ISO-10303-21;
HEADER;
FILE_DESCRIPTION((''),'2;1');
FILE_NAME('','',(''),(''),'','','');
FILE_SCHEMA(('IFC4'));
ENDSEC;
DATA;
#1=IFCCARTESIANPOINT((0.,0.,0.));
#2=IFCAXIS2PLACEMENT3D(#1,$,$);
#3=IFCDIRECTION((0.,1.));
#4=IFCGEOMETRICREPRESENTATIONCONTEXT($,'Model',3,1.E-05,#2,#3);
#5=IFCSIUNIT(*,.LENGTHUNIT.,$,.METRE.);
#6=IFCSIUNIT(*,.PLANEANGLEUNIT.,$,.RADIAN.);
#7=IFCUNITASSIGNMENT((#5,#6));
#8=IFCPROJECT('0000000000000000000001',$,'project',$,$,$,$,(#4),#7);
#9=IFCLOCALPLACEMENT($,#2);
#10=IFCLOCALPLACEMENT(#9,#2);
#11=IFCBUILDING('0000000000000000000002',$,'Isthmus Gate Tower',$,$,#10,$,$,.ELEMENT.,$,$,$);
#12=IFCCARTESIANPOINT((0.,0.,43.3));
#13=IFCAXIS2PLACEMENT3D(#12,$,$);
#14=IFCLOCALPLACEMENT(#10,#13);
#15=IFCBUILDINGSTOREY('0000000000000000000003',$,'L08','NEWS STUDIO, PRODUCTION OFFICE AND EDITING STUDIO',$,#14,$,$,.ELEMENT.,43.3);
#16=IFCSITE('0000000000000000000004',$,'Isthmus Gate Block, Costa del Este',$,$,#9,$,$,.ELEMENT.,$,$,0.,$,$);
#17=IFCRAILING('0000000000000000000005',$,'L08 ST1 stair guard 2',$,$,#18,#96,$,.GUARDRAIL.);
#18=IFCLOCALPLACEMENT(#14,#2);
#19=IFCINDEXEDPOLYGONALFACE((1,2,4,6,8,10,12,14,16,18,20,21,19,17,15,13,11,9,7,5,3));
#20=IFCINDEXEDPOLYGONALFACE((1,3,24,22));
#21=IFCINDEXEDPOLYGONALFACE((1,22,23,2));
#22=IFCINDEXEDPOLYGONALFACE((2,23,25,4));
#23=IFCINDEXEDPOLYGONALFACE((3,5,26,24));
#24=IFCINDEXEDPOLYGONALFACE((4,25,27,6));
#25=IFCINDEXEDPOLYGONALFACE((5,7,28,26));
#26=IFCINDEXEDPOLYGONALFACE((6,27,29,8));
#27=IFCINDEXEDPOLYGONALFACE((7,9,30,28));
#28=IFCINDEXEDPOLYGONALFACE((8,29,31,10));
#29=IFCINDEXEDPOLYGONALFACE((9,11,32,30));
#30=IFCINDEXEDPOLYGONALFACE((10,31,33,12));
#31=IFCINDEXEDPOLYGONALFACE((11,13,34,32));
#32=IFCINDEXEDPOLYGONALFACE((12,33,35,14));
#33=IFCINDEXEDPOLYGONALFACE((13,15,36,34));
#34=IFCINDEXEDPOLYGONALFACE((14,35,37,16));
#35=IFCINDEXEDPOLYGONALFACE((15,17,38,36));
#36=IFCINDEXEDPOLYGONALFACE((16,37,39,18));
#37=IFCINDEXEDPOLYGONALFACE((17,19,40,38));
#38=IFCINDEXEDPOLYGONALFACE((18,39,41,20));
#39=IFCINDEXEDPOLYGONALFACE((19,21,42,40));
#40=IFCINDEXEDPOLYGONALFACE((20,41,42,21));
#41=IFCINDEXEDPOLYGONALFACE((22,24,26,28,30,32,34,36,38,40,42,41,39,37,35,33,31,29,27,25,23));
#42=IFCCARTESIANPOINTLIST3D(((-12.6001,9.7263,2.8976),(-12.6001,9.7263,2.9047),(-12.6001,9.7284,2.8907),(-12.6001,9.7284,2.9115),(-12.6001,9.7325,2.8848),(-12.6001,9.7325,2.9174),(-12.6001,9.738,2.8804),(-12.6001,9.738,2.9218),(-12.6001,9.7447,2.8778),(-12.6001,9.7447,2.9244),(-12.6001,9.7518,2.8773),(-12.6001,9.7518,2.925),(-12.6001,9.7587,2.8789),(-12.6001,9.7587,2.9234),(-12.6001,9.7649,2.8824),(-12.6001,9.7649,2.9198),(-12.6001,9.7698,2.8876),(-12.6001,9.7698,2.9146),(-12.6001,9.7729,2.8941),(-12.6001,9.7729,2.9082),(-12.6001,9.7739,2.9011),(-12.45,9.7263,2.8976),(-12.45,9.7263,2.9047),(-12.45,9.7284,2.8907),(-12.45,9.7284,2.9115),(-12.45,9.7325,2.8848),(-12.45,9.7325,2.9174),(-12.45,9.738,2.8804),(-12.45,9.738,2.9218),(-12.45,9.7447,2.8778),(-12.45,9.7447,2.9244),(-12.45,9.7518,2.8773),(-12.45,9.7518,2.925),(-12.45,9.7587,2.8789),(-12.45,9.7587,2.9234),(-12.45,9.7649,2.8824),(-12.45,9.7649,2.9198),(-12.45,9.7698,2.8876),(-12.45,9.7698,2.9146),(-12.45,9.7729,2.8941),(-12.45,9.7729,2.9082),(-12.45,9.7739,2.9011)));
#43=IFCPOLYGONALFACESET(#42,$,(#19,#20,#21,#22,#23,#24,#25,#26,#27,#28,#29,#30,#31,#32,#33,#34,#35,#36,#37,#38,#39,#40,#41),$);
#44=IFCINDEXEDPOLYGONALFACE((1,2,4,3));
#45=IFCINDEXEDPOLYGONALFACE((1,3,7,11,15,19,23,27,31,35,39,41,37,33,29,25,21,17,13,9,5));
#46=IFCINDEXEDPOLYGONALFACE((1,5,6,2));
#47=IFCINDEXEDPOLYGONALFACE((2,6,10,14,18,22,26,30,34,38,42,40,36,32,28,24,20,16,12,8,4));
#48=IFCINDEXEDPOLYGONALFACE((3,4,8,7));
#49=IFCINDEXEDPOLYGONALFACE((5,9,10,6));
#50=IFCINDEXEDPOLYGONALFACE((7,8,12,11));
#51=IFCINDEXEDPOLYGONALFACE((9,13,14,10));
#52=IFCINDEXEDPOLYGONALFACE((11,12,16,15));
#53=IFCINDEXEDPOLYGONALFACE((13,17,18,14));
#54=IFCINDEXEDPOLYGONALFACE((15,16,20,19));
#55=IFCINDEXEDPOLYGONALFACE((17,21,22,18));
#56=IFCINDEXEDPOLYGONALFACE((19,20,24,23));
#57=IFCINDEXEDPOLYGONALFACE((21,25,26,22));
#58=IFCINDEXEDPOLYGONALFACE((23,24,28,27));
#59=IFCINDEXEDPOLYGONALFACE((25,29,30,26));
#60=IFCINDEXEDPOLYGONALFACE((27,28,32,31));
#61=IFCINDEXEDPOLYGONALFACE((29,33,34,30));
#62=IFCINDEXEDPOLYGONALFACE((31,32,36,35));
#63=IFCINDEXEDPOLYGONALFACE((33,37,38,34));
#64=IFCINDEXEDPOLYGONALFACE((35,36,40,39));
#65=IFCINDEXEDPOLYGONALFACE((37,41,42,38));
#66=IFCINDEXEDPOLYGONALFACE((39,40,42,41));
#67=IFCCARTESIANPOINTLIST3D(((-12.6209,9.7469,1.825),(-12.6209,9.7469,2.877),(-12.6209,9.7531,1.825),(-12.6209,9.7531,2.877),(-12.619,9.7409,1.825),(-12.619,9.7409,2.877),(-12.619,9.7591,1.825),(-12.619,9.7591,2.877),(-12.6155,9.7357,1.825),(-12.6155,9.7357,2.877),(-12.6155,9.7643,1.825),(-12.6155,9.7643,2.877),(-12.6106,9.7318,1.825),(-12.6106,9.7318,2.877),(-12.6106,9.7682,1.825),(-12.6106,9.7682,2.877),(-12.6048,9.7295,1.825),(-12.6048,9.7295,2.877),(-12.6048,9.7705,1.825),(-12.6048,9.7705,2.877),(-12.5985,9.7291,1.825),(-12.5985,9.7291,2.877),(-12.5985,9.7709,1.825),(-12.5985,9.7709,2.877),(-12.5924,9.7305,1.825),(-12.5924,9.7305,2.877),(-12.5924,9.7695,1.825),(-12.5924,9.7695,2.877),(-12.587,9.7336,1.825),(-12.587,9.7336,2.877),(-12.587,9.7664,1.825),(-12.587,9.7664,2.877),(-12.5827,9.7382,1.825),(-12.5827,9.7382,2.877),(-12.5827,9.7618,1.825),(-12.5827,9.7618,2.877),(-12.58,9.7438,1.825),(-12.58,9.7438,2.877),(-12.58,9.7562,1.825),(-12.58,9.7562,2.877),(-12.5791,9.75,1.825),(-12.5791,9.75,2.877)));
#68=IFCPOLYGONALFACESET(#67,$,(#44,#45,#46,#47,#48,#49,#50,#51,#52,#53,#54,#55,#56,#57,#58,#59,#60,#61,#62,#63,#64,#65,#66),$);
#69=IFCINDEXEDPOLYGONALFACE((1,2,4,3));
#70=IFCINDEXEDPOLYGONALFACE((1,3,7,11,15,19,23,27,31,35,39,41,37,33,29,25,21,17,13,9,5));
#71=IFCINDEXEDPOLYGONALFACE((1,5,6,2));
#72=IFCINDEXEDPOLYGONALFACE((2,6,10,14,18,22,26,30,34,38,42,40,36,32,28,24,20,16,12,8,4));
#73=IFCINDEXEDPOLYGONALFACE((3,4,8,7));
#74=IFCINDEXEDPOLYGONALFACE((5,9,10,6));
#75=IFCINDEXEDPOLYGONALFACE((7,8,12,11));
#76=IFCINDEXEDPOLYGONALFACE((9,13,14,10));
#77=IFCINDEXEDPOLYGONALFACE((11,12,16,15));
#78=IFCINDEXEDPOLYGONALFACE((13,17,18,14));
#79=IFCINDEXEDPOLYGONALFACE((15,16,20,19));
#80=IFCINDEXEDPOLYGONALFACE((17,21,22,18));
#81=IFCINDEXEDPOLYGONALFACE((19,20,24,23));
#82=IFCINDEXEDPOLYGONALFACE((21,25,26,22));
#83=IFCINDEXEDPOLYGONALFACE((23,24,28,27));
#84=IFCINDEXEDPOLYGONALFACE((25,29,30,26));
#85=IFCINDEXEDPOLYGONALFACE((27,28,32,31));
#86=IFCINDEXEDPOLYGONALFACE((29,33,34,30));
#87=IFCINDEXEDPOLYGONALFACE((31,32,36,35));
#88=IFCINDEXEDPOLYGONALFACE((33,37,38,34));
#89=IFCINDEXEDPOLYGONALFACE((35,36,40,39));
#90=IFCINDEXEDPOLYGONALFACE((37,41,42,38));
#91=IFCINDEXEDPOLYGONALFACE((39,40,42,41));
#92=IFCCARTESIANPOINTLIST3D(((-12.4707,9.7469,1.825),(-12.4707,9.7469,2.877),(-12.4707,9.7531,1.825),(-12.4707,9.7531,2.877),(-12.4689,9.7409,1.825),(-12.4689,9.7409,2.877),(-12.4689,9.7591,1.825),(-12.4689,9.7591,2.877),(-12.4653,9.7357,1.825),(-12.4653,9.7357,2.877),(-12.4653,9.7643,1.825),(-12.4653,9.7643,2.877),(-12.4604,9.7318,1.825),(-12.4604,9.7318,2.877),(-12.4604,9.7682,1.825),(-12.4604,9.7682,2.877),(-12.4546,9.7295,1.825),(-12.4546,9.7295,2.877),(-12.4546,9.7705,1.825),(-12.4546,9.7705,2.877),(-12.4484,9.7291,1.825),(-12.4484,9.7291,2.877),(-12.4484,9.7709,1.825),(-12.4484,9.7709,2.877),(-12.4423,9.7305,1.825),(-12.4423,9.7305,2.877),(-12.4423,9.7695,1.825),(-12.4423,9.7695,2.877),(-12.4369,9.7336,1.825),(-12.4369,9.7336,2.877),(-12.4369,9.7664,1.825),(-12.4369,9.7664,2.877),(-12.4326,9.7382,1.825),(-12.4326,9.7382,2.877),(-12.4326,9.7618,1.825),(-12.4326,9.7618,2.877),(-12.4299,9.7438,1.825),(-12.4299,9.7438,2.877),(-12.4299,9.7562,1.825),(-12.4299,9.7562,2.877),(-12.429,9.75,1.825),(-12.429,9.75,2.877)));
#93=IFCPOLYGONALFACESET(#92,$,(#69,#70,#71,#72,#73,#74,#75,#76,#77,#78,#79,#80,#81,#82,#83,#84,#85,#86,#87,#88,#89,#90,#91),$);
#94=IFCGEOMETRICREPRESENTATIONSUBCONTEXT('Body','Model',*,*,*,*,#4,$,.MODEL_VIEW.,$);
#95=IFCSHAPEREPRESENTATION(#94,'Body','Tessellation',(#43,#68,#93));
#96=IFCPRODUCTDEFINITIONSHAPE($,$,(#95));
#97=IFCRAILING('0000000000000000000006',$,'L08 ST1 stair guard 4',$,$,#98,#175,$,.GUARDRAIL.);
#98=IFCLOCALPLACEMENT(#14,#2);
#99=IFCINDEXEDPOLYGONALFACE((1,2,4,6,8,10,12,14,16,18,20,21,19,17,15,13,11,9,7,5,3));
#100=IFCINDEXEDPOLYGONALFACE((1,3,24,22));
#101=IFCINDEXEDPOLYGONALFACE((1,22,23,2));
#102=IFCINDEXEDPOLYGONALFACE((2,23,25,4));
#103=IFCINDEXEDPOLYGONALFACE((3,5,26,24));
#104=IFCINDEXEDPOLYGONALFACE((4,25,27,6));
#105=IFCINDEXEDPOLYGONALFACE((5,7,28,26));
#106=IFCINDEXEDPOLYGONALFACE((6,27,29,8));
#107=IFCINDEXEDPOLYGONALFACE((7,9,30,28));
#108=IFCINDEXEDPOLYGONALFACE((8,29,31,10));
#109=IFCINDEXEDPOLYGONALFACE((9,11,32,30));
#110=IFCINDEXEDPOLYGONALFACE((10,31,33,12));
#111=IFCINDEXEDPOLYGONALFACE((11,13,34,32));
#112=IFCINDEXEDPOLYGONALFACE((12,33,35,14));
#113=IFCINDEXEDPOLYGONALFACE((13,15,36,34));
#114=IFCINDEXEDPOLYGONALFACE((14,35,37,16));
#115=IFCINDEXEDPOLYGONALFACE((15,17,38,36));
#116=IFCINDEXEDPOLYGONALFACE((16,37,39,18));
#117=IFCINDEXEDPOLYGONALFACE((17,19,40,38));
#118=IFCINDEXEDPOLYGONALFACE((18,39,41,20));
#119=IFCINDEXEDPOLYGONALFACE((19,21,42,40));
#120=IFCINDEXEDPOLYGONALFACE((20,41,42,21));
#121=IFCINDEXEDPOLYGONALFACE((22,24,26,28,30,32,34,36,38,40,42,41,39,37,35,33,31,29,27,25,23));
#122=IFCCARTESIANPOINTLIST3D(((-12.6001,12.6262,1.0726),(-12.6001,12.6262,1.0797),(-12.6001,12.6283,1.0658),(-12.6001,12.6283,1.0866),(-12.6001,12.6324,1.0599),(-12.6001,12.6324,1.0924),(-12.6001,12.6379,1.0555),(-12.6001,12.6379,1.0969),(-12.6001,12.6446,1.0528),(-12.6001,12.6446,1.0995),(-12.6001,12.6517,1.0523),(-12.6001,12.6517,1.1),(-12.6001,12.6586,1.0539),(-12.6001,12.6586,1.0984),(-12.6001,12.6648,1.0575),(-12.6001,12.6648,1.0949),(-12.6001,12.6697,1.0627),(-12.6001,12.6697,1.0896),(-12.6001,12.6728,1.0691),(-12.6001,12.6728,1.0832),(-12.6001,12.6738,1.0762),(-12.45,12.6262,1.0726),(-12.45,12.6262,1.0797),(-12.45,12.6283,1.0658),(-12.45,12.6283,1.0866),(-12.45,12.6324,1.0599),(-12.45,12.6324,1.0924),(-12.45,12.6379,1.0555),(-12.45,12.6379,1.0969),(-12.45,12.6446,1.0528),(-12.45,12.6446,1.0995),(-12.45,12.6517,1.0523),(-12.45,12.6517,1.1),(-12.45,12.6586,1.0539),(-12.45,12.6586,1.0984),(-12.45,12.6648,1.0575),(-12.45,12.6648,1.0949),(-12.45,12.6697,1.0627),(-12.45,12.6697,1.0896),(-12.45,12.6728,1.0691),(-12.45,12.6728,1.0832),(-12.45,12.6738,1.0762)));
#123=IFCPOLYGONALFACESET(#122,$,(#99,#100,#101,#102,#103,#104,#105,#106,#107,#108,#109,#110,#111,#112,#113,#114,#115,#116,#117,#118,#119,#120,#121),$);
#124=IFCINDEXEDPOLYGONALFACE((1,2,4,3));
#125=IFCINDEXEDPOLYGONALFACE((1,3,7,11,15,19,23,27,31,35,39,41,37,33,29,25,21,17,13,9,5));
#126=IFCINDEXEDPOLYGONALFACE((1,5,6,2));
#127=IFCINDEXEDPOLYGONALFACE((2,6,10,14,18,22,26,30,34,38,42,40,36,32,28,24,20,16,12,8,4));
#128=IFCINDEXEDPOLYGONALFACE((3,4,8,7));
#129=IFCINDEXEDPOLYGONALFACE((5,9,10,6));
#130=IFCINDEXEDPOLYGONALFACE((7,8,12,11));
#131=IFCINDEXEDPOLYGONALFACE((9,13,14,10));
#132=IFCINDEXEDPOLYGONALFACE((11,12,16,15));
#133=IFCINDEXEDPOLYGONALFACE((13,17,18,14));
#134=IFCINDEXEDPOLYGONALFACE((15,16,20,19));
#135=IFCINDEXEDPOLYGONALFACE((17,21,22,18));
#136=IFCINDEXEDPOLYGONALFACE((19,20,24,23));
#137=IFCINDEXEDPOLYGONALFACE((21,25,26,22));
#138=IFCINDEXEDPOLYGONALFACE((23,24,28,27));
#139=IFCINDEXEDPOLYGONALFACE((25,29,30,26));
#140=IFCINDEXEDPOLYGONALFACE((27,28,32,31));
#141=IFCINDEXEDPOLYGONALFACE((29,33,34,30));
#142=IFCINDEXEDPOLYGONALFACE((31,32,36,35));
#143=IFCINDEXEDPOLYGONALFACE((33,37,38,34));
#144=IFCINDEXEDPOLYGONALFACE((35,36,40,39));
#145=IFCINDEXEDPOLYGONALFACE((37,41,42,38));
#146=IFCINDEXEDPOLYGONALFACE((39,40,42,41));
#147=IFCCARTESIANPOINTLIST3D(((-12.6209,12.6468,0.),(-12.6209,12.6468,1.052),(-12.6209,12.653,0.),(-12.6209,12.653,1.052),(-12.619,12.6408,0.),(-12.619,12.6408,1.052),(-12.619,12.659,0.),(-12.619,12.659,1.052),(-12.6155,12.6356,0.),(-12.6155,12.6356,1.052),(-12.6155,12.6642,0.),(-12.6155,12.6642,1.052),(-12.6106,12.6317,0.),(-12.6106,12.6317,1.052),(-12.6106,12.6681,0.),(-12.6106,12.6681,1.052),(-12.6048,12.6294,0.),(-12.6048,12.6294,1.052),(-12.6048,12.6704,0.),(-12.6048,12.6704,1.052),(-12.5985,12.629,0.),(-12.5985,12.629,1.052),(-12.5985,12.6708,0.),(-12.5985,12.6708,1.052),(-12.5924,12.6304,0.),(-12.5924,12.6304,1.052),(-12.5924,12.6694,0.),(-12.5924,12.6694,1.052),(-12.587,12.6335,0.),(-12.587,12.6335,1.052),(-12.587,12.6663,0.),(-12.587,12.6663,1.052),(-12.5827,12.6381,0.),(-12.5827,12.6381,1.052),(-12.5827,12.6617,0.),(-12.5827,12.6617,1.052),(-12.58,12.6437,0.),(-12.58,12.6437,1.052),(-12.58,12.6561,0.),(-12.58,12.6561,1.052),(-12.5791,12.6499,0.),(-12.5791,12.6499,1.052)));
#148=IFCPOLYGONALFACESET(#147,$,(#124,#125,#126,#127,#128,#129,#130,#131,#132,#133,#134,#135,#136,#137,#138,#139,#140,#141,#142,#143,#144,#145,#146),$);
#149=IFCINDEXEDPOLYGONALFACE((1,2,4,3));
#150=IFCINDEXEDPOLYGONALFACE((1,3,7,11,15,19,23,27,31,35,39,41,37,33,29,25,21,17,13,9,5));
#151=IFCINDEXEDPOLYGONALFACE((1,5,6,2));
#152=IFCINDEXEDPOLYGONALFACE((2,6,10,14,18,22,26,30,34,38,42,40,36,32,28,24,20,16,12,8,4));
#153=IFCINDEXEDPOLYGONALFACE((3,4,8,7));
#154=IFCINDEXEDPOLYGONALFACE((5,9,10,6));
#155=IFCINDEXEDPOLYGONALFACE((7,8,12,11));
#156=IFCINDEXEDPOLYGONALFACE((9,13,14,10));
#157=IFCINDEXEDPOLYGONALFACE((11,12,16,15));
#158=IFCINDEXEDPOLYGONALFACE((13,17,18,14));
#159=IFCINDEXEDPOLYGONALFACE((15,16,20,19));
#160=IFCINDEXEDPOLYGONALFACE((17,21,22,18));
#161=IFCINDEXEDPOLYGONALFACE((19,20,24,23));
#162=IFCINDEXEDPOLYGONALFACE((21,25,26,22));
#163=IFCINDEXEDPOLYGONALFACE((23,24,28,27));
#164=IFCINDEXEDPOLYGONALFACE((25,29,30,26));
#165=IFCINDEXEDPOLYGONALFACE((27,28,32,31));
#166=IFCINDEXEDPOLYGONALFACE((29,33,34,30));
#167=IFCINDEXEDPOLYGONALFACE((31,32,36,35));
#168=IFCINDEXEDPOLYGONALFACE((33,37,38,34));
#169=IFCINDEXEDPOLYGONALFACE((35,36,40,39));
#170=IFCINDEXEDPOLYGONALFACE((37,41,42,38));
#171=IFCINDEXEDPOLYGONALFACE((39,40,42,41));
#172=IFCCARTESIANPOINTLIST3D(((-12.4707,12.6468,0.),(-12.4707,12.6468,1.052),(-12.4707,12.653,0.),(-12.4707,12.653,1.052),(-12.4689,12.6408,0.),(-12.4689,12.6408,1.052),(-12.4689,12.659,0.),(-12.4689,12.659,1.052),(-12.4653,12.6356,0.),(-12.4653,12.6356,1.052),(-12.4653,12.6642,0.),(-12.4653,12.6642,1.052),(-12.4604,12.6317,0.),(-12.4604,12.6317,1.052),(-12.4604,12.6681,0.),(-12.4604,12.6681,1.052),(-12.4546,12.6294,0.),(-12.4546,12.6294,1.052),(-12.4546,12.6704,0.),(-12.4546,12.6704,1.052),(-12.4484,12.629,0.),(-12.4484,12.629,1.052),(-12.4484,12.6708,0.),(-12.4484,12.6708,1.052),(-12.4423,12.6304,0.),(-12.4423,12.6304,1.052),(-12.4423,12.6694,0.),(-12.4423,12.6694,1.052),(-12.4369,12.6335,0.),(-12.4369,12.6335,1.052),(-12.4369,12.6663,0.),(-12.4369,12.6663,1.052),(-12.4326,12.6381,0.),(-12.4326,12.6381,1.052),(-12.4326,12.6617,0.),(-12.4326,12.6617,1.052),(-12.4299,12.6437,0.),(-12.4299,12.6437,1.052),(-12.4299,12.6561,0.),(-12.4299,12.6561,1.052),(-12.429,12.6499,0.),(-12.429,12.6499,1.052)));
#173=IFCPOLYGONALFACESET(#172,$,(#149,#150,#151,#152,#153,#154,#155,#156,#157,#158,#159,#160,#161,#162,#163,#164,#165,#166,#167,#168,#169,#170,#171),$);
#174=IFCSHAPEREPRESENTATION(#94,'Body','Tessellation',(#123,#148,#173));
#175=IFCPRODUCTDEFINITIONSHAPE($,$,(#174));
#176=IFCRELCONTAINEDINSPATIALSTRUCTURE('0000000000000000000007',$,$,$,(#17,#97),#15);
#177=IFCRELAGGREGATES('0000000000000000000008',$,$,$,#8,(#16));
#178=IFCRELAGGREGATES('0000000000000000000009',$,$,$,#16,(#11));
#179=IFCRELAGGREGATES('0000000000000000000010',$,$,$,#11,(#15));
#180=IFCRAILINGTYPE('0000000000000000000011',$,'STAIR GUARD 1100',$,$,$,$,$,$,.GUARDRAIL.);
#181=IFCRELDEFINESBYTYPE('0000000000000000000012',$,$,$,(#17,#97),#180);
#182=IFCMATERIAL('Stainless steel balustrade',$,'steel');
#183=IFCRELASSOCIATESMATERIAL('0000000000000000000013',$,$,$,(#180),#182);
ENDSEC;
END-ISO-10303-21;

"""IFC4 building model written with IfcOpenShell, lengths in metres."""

from ifc_helpers import new_model, si_unit, direction, frame, origin, origin_2d, place, context, subcontext, project, spatial, circle, extrude, material, type_object, element, save


model = new_model("IFC4")

# Units and contexts
model_context = context("Model", 3, precision=1e-05, world=origin(), true_north=direction((0.0, 1.0)))
body_context = subcontext(model_context, "Body", "Model", "MODEL_VIEW")
ifc_project = project(units=[si_unit("LENGTHUNIT", "METRE"), si_unit("PLANEANGLEUNIT", "RADIAN")], contexts=[model_context])

# Site, building, storey
site_placement = place(None, origin())
site = spatial("IfcSite", under=ifc_project, at=site_placement, Name="Isthmus Gate Block, Costa del Este", CompositionType="ELEMENT", RefElevation=0.0)
building_placement = place(site_placement, origin())
building = spatial("IfcBuilding", under=site, at=building_placement, Name="Isthmus Gate Tower", CompositionType="ELEMENT")
storey_placement = place(building_placement, frame((0.0, 0.0, 43.3)))
storey = spatial("IfcBuildingStorey", under=building, at=storey_placement, Name="L08", Description="NEWS STUDIO, PRODUCTION OFFICE AND EDITING STUDIO", CompositionType="ELEMENT", Elevation=43.3)

# Railings
ifc_material_1 = material(Name="Stainless steel balustrade", Category="steel")
railing_type_1 = type_object("IfcRailingType", Name="STAIR GUARD 1100", PredefinedType="GUARDRAIL", material=ifc_material_1)
for number, where, name in (
    (1, (-12.6001, 9.75, 1.825), "L08 ST1 stair guard 2"),
    (2, (-12.6001, 12.6499, 0.0), "L08 ST1 stair guard 4"),
):
    element("IfcRailing", number, at=place(storey_placement, frame(where)), inside=storey, type_object=railing_type_1, Name=name, PredefinedType="GUARDRAIL", context=body_context, shape_type="SweptSolid", body=[
        extrude(circle(Radius=0.0239, at=origin_2d()), frame((0.0, 0.0, 1.0762), z_axis=(1.0, 0.0, 0.0), x_axis=(0.0, 1.0, 0.0)), (0.0, 0.0, 1.0), 0.1501),
        extrude(circle(Radius=0.021, at=origin_2d()), origin(), (0.0, 0.0, 1.0), 1.052),
        extrude(circle(Radius=0.021, at=origin_2d()), frame((0.1501, 0.0, 0.0)), (0.0, 0.0, 1.0), 1.052),
    ])

save(model, "model.ifc")
